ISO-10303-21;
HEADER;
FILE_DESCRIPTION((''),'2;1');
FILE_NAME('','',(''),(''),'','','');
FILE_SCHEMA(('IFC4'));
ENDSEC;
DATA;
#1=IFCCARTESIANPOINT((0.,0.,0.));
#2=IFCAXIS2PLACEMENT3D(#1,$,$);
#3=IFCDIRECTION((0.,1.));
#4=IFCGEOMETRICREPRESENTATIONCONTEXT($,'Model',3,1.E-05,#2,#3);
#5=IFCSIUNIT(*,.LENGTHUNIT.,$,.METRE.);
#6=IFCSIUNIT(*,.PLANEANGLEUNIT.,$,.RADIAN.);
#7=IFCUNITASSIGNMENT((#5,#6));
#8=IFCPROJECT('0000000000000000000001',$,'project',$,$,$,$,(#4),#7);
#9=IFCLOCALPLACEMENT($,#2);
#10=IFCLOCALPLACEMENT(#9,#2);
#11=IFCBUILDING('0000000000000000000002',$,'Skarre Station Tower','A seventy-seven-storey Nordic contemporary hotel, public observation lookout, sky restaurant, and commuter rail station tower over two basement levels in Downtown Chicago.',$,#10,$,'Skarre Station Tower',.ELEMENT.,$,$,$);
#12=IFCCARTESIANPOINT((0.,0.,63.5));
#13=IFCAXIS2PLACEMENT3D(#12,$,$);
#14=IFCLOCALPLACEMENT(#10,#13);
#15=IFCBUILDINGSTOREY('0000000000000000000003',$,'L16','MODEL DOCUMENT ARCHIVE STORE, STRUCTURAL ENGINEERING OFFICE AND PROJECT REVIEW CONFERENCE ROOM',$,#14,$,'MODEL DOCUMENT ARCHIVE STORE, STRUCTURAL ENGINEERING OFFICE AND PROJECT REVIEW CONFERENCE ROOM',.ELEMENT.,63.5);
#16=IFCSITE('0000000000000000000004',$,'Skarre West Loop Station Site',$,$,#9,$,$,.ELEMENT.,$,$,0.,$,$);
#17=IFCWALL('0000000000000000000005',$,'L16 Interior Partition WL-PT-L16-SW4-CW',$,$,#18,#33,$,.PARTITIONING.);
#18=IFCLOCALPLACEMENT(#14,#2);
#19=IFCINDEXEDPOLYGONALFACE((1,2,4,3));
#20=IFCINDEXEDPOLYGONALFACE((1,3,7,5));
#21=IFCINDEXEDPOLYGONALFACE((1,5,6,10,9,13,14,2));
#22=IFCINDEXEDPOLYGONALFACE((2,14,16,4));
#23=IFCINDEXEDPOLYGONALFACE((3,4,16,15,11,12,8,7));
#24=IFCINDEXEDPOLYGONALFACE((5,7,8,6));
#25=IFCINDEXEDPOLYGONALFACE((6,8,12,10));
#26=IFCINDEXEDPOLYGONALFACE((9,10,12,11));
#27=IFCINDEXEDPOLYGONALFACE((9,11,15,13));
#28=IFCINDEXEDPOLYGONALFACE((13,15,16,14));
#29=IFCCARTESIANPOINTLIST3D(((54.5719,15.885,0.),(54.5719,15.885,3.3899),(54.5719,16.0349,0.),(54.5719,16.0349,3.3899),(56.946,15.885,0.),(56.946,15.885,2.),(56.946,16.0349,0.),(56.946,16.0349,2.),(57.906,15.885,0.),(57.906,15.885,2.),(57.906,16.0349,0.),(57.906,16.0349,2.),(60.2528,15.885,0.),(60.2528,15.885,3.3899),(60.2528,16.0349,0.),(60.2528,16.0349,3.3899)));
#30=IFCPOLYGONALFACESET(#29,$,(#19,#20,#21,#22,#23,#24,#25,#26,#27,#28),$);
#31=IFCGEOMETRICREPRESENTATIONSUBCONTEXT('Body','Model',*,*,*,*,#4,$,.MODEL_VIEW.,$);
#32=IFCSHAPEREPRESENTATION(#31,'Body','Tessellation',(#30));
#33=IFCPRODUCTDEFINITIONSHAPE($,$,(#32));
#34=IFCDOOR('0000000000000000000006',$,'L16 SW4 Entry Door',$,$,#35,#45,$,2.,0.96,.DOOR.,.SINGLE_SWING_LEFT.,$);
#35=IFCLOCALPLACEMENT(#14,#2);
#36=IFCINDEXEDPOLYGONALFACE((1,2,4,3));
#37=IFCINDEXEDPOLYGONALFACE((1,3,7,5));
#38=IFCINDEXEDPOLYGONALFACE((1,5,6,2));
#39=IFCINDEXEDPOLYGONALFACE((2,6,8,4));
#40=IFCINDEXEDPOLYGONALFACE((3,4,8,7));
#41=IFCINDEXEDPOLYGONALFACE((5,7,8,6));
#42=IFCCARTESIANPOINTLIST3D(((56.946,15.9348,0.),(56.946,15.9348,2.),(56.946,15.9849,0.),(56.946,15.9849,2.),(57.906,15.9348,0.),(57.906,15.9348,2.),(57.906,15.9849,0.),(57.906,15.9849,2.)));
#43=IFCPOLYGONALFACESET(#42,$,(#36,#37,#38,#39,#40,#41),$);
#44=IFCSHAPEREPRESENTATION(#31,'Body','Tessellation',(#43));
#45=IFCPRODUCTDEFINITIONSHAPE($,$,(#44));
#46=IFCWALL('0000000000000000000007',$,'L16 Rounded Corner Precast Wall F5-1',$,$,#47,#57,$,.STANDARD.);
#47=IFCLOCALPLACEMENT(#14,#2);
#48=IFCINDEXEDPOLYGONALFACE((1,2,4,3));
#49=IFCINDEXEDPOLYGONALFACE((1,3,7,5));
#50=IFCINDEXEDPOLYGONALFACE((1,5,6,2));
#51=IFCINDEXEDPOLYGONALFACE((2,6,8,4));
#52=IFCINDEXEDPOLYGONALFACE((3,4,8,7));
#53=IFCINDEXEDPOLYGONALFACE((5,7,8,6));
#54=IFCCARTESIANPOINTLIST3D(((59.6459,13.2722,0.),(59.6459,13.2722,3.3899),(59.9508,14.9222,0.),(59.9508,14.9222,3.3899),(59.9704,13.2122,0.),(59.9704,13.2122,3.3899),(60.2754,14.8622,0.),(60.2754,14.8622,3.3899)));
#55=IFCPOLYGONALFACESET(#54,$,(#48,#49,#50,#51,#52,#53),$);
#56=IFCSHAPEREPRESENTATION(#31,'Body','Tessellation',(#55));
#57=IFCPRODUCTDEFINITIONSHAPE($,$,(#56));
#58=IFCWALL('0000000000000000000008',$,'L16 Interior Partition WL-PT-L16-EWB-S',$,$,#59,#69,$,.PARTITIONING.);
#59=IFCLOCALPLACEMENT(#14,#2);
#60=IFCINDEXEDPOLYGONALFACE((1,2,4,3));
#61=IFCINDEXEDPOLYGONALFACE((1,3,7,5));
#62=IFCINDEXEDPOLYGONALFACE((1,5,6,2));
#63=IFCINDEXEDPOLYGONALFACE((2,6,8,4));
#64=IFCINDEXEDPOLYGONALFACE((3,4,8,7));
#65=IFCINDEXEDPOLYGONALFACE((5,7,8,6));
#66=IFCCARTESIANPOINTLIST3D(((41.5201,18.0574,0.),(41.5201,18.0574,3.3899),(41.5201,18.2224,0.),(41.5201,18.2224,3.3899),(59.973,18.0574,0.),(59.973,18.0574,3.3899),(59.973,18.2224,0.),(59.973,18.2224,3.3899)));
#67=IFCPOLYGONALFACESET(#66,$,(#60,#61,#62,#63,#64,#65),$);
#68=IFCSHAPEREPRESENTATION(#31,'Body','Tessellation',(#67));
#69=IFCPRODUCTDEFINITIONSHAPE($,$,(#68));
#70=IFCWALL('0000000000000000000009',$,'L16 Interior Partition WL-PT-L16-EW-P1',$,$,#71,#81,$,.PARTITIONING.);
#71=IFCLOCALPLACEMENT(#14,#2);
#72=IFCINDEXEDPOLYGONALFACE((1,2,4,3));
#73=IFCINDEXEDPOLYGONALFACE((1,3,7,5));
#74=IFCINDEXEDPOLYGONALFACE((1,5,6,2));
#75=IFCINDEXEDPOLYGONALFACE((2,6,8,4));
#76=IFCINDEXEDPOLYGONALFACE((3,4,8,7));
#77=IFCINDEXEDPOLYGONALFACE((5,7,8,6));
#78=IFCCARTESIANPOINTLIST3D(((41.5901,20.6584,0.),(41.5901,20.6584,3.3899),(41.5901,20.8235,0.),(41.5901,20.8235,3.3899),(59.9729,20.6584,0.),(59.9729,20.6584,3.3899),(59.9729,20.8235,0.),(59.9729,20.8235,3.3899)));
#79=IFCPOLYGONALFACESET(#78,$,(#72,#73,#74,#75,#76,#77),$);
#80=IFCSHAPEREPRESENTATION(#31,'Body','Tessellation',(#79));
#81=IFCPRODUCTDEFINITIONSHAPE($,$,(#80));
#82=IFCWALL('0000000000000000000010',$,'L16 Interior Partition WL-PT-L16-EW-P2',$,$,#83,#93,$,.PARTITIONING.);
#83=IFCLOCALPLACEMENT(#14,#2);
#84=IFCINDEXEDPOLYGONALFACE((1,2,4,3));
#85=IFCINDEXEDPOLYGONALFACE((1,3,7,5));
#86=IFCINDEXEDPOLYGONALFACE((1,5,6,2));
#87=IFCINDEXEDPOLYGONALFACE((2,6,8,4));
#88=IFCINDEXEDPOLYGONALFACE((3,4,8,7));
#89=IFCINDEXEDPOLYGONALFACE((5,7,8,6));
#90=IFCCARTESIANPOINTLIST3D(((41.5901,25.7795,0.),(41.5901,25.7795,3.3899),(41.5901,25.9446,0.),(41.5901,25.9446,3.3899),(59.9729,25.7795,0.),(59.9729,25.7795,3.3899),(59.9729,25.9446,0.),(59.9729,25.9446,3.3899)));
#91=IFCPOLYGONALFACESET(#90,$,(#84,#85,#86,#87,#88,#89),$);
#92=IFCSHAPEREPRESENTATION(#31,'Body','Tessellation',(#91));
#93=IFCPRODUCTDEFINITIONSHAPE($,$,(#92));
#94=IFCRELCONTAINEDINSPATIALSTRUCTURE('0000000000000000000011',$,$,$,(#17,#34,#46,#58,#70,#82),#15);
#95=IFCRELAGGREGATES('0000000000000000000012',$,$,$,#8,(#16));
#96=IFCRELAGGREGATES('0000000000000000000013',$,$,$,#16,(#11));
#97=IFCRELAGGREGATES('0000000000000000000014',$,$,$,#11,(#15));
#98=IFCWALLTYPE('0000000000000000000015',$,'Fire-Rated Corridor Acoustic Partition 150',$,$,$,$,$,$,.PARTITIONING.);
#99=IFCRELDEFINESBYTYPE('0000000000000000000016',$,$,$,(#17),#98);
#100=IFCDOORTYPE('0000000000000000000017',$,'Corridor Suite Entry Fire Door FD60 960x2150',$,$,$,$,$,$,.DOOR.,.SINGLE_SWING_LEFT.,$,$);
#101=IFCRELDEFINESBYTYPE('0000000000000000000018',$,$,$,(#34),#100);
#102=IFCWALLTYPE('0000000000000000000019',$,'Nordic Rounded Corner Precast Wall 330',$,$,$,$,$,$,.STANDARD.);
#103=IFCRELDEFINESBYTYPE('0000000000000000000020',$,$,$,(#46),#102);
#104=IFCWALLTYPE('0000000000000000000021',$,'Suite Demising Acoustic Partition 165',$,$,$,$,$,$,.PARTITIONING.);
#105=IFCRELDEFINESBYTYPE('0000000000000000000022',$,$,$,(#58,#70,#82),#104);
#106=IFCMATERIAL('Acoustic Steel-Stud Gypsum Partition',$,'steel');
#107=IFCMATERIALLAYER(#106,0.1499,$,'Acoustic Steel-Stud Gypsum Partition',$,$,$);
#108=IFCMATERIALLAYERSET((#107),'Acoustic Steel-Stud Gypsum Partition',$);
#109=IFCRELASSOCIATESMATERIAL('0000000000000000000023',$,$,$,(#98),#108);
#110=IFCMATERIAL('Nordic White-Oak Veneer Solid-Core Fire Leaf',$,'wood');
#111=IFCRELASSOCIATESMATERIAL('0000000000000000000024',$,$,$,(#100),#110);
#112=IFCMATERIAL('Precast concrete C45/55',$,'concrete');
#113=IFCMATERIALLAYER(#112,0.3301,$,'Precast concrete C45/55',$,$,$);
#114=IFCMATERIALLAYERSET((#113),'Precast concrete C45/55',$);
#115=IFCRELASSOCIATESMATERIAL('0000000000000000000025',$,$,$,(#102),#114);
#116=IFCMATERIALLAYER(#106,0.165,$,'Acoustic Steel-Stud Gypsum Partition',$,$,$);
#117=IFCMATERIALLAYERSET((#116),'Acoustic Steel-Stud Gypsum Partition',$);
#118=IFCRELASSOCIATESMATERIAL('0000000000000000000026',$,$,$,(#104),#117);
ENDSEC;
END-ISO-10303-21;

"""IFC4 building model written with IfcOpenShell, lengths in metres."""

from ifc_helpers import new_model, si_unit, direction, frame, frame_2d, origin, place, context, subcontext, project, spatial, rectangle, extrude, material, layer, layer_set, type_object, element, fill, save


model = new_model("IFC4")

# Units and contexts
model_context = context("Model", 3, precision=1e-05, world=origin(), true_north=direction((0.0, 1.0)))
body_context = subcontext(model_context, "Body", "Model", "MODEL_VIEW")
ifc_project = project(units=[si_unit("LENGTHUNIT", "METRE"), si_unit("PLANEANGLEUNIT", "RADIAN")], contexts=[model_context])

# Site, building, storey
site_placement = place(None, origin())
site = spatial("IfcSite", under=ifc_project, at=site_placement, Name="Skarre West Loop Station Site", CompositionType="ELEMENT", RefElevation=0.0)
building_placement = place(site_placement, origin())
building = spatial("IfcBuilding", under=site, at=building_placement, Name="Skarre Station Tower", Description="A seventy-seven-storey Nordic contemporary hotel, public observation lookout, sky restaurant, and commuter rail station tower over two basement levels in Downtown Chicago.", LongName="Skarre Station Tower", CompositionType="ELEMENT")
storey_placement = place(building_placement, frame((0.0, 0.0, 63.5)))
storey = spatial("IfcBuildingStorey", under=building, at=storey_placement, Name="L16", Description="MODEL DOCUMENT ARCHIVE STORE, STRUCTURAL ENGINEERING OFFICE AND PROJECT REVIEW CONFERENCE ROOM", LongName="MODEL DOCUMENT ARCHIVE STORE, STRUCTURAL ENGINEERING OFFICE AND PROJECT REVIEW CONFERENCE ROOM", CompositionType="ELEMENT", Elevation=63.5)

# Wall, opening, door
ifc_material_1 = material(Name="Acoustic Steel-Stud Gypsum Partition", Category="steel")
ifc_layer_1 = layer(ifc_material_1, 0.1499, Name="Acoustic Steel-Stud Gypsum Partition")
ifc_layer_set_1 = layer_set([ifc_layer_1], Name="Acoustic Steel-Stud Gypsum Partition")
wall_type_1 = type_object("IfcWallType", Name="Fire-Rated Corridor Acoustic Partition 150", PredefinedType="PARTITIONING", material=ifc_layer_set_1)
ifc_material_2 = material(Name="Nordic White-Oak Veneer Solid-Core Fire Leaf", Category="wood")
door_type = type_object("IfcDoorType", Name="Corridor Suite Entry Fire Door FD60 960x2150", OperationType="SINGLE_SWING_LEFT", PredefinedType="DOOR", material=ifc_material_2)
wall_1_placement = place(storey_placement, frame((54.572, 15.96, 0.0), z_axis=(0.0, 0.0, 1.0), x_axis=(1.0, 0.0, 0.0)))
wall_1 = element("IfcWall", 1, at=wall_1_placement, inside=storey, type_object=wall_type_1, Name="L16 Interior Partition WL-PT-L16-SW4-CW", PredefinedType="PARTITIONING", context=body_context, shape_type="SweptSolid", body=[
    extrude(rectangle(XDim=5.6809, YDim=0.1499, at=frame_2d((2.8403, 0.0))), origin(), (0.0, 0.0, 1.0), 3.3899),
])
opening_1_placement = place(wall_1_placement, frame((2.374, 0.0, 0.0)))
opening_1 = element("IfcOpeningElement", 2, at=opening_1_placement, cuts=wall_1, PredefinedType="OPENING", context=body_context, shape_type="SweptSolid", body=[
    extrude(rectangle(XDim=0.96, YDim=2.0, at=frame_2d((0.48, 1.0))), frame((0.0, 0.085, 0.0), z_axis=(0.0, -1.0, 0.0), x_axis=(1.0, 0.0, 0.0)), (0.0, 0.0, 1.0), 0.1699),
])
door_1_placement = place(opening_1_placement, origin())
door_1 = element("IfcDoor", 3, at=door_1_placement, inside=storey, type_object=door_type, Name="L16 SW4 Entry Door", OperationType="SINGLE_SWING_LEFT", OverallHeight=2.0, OverallWidth=0.96, PredefinedType="DOOR", context=body_context, shape_type="SweptSolid", body=[
    extrude(rectangle(XDim=0.96, YDim=2.0, at=frame_2d((0.48, 1.0))), frame((0.0, 0.0249, 0.0), z_axis=(0.0, -1.0, 0.0), x_axis=(1.0, 0.0, 0.0)), (0.0, 0.0, 1.0), 0.05),
])
fill(opening_1, door_1)

# Walls
ifc_material_3 = material(Name="Precast concrete C45/55", Category="concrete")
ifc_layer_2 = layer(ifc_material_3, 0.3301, Name="Precast concrete C45/55")
ifc_layer_set_2 = layer_set([ifc_layer_2], Name="Precast concrete C45/55")
wall_type_2 = type_object("IfcWallType", Name="Nordic Rounded Corner Precast Wall 330", PredefinedType="STANDARD", material=ifc_layer_set_2)
wall_2_placement = place(storey_placement, frame((60.113, 14.8921, 0.0), z_axis=(0.0, 0.0, 1.0), x_axis=(-0.181714, -0.983351, 0.0)))
element("IfcWall", 4, at=wall_2_placement, inside=storey, type_object=wall_type_2, Name="L16 Rounded Corner Precast Wall F5-1", PredefinedType="STANDARD", context=body_context, shape_type="SweptSolid", body=[
    extrude(rectangle(XDim=1.678, YDim=0.3301, at=frame_2d((0.8389, 0.0))), origin(), (0.0, 0.0, 1.0), 3.3899),
])
ifc_layer_3 = layer(ifc_material_1, 0.165, Name="Acoustic Steel-Stud Gypsum Partition")
ifc_layer_set_3 = layer_set([ifc_layer_3], Name="Acoustic Steel-Stud Gypsum Partition")
wall_type_3 = type_object("IfcWallType", Name="Suite Demising Acoustic Partition 165", PredefinedType="PARTITIONING", material=ifc_layer_set_3)
wall_3_placement = place(storey_placement, frame((41.52, 18.1399, 0.0), z_axis=(0.0, 0.0, 1.0), x_axis=(1.0, 0.0, 0.0)))
element("IfcWall", 5, at=wall_3_placement, inside=storey, type_object=wall_type_3, Name="L16 Interior Partition WL-PT-L16-EWB-S", PredefinedType="PARTITIONING", context=body_context, shape_type="SweptSolid", body=[
    extrude(rectangle(XDim=18.4529, YDim=0.165, at=frame_2d((9.2266, 0.0))), origin(), (0.0, 0.0, 1.0), 3.3899),
])
for number, where, z_axis, x_axis, name in (
    (6, (41.5901, 20.741, 0.0), (0.0, 0.0, 1.0), (1.0, 0.0, 0.0), "L16 Interior Partition WL-PT-L16-EW-P1"),
    (7, (41.5901, 25.8621, 0.0), (0.0, 0.0, 1.0), (1.0, 0.0, 0.0), "L16 Interior Partition WL-PT-L16-EW-P2"),
):
    element("IfcWall", number, at=place(storey_placement, frame(where, z_axis=z_axis, x_axis=x_axis)), inside=storey, type_object=wall_type_3, Name=name, PredefinedType="PARTITIONING", context=body_context, shape_type="SweptSolid", body=[
        extrude(rectangle(XDim=18.3828, YDim=0.165, at=frame_2d((9.1914, 0.0))), origin(), (0.0, 0.0, 1.0), 3.3899),
    ])

save(model, "model.ifc")
